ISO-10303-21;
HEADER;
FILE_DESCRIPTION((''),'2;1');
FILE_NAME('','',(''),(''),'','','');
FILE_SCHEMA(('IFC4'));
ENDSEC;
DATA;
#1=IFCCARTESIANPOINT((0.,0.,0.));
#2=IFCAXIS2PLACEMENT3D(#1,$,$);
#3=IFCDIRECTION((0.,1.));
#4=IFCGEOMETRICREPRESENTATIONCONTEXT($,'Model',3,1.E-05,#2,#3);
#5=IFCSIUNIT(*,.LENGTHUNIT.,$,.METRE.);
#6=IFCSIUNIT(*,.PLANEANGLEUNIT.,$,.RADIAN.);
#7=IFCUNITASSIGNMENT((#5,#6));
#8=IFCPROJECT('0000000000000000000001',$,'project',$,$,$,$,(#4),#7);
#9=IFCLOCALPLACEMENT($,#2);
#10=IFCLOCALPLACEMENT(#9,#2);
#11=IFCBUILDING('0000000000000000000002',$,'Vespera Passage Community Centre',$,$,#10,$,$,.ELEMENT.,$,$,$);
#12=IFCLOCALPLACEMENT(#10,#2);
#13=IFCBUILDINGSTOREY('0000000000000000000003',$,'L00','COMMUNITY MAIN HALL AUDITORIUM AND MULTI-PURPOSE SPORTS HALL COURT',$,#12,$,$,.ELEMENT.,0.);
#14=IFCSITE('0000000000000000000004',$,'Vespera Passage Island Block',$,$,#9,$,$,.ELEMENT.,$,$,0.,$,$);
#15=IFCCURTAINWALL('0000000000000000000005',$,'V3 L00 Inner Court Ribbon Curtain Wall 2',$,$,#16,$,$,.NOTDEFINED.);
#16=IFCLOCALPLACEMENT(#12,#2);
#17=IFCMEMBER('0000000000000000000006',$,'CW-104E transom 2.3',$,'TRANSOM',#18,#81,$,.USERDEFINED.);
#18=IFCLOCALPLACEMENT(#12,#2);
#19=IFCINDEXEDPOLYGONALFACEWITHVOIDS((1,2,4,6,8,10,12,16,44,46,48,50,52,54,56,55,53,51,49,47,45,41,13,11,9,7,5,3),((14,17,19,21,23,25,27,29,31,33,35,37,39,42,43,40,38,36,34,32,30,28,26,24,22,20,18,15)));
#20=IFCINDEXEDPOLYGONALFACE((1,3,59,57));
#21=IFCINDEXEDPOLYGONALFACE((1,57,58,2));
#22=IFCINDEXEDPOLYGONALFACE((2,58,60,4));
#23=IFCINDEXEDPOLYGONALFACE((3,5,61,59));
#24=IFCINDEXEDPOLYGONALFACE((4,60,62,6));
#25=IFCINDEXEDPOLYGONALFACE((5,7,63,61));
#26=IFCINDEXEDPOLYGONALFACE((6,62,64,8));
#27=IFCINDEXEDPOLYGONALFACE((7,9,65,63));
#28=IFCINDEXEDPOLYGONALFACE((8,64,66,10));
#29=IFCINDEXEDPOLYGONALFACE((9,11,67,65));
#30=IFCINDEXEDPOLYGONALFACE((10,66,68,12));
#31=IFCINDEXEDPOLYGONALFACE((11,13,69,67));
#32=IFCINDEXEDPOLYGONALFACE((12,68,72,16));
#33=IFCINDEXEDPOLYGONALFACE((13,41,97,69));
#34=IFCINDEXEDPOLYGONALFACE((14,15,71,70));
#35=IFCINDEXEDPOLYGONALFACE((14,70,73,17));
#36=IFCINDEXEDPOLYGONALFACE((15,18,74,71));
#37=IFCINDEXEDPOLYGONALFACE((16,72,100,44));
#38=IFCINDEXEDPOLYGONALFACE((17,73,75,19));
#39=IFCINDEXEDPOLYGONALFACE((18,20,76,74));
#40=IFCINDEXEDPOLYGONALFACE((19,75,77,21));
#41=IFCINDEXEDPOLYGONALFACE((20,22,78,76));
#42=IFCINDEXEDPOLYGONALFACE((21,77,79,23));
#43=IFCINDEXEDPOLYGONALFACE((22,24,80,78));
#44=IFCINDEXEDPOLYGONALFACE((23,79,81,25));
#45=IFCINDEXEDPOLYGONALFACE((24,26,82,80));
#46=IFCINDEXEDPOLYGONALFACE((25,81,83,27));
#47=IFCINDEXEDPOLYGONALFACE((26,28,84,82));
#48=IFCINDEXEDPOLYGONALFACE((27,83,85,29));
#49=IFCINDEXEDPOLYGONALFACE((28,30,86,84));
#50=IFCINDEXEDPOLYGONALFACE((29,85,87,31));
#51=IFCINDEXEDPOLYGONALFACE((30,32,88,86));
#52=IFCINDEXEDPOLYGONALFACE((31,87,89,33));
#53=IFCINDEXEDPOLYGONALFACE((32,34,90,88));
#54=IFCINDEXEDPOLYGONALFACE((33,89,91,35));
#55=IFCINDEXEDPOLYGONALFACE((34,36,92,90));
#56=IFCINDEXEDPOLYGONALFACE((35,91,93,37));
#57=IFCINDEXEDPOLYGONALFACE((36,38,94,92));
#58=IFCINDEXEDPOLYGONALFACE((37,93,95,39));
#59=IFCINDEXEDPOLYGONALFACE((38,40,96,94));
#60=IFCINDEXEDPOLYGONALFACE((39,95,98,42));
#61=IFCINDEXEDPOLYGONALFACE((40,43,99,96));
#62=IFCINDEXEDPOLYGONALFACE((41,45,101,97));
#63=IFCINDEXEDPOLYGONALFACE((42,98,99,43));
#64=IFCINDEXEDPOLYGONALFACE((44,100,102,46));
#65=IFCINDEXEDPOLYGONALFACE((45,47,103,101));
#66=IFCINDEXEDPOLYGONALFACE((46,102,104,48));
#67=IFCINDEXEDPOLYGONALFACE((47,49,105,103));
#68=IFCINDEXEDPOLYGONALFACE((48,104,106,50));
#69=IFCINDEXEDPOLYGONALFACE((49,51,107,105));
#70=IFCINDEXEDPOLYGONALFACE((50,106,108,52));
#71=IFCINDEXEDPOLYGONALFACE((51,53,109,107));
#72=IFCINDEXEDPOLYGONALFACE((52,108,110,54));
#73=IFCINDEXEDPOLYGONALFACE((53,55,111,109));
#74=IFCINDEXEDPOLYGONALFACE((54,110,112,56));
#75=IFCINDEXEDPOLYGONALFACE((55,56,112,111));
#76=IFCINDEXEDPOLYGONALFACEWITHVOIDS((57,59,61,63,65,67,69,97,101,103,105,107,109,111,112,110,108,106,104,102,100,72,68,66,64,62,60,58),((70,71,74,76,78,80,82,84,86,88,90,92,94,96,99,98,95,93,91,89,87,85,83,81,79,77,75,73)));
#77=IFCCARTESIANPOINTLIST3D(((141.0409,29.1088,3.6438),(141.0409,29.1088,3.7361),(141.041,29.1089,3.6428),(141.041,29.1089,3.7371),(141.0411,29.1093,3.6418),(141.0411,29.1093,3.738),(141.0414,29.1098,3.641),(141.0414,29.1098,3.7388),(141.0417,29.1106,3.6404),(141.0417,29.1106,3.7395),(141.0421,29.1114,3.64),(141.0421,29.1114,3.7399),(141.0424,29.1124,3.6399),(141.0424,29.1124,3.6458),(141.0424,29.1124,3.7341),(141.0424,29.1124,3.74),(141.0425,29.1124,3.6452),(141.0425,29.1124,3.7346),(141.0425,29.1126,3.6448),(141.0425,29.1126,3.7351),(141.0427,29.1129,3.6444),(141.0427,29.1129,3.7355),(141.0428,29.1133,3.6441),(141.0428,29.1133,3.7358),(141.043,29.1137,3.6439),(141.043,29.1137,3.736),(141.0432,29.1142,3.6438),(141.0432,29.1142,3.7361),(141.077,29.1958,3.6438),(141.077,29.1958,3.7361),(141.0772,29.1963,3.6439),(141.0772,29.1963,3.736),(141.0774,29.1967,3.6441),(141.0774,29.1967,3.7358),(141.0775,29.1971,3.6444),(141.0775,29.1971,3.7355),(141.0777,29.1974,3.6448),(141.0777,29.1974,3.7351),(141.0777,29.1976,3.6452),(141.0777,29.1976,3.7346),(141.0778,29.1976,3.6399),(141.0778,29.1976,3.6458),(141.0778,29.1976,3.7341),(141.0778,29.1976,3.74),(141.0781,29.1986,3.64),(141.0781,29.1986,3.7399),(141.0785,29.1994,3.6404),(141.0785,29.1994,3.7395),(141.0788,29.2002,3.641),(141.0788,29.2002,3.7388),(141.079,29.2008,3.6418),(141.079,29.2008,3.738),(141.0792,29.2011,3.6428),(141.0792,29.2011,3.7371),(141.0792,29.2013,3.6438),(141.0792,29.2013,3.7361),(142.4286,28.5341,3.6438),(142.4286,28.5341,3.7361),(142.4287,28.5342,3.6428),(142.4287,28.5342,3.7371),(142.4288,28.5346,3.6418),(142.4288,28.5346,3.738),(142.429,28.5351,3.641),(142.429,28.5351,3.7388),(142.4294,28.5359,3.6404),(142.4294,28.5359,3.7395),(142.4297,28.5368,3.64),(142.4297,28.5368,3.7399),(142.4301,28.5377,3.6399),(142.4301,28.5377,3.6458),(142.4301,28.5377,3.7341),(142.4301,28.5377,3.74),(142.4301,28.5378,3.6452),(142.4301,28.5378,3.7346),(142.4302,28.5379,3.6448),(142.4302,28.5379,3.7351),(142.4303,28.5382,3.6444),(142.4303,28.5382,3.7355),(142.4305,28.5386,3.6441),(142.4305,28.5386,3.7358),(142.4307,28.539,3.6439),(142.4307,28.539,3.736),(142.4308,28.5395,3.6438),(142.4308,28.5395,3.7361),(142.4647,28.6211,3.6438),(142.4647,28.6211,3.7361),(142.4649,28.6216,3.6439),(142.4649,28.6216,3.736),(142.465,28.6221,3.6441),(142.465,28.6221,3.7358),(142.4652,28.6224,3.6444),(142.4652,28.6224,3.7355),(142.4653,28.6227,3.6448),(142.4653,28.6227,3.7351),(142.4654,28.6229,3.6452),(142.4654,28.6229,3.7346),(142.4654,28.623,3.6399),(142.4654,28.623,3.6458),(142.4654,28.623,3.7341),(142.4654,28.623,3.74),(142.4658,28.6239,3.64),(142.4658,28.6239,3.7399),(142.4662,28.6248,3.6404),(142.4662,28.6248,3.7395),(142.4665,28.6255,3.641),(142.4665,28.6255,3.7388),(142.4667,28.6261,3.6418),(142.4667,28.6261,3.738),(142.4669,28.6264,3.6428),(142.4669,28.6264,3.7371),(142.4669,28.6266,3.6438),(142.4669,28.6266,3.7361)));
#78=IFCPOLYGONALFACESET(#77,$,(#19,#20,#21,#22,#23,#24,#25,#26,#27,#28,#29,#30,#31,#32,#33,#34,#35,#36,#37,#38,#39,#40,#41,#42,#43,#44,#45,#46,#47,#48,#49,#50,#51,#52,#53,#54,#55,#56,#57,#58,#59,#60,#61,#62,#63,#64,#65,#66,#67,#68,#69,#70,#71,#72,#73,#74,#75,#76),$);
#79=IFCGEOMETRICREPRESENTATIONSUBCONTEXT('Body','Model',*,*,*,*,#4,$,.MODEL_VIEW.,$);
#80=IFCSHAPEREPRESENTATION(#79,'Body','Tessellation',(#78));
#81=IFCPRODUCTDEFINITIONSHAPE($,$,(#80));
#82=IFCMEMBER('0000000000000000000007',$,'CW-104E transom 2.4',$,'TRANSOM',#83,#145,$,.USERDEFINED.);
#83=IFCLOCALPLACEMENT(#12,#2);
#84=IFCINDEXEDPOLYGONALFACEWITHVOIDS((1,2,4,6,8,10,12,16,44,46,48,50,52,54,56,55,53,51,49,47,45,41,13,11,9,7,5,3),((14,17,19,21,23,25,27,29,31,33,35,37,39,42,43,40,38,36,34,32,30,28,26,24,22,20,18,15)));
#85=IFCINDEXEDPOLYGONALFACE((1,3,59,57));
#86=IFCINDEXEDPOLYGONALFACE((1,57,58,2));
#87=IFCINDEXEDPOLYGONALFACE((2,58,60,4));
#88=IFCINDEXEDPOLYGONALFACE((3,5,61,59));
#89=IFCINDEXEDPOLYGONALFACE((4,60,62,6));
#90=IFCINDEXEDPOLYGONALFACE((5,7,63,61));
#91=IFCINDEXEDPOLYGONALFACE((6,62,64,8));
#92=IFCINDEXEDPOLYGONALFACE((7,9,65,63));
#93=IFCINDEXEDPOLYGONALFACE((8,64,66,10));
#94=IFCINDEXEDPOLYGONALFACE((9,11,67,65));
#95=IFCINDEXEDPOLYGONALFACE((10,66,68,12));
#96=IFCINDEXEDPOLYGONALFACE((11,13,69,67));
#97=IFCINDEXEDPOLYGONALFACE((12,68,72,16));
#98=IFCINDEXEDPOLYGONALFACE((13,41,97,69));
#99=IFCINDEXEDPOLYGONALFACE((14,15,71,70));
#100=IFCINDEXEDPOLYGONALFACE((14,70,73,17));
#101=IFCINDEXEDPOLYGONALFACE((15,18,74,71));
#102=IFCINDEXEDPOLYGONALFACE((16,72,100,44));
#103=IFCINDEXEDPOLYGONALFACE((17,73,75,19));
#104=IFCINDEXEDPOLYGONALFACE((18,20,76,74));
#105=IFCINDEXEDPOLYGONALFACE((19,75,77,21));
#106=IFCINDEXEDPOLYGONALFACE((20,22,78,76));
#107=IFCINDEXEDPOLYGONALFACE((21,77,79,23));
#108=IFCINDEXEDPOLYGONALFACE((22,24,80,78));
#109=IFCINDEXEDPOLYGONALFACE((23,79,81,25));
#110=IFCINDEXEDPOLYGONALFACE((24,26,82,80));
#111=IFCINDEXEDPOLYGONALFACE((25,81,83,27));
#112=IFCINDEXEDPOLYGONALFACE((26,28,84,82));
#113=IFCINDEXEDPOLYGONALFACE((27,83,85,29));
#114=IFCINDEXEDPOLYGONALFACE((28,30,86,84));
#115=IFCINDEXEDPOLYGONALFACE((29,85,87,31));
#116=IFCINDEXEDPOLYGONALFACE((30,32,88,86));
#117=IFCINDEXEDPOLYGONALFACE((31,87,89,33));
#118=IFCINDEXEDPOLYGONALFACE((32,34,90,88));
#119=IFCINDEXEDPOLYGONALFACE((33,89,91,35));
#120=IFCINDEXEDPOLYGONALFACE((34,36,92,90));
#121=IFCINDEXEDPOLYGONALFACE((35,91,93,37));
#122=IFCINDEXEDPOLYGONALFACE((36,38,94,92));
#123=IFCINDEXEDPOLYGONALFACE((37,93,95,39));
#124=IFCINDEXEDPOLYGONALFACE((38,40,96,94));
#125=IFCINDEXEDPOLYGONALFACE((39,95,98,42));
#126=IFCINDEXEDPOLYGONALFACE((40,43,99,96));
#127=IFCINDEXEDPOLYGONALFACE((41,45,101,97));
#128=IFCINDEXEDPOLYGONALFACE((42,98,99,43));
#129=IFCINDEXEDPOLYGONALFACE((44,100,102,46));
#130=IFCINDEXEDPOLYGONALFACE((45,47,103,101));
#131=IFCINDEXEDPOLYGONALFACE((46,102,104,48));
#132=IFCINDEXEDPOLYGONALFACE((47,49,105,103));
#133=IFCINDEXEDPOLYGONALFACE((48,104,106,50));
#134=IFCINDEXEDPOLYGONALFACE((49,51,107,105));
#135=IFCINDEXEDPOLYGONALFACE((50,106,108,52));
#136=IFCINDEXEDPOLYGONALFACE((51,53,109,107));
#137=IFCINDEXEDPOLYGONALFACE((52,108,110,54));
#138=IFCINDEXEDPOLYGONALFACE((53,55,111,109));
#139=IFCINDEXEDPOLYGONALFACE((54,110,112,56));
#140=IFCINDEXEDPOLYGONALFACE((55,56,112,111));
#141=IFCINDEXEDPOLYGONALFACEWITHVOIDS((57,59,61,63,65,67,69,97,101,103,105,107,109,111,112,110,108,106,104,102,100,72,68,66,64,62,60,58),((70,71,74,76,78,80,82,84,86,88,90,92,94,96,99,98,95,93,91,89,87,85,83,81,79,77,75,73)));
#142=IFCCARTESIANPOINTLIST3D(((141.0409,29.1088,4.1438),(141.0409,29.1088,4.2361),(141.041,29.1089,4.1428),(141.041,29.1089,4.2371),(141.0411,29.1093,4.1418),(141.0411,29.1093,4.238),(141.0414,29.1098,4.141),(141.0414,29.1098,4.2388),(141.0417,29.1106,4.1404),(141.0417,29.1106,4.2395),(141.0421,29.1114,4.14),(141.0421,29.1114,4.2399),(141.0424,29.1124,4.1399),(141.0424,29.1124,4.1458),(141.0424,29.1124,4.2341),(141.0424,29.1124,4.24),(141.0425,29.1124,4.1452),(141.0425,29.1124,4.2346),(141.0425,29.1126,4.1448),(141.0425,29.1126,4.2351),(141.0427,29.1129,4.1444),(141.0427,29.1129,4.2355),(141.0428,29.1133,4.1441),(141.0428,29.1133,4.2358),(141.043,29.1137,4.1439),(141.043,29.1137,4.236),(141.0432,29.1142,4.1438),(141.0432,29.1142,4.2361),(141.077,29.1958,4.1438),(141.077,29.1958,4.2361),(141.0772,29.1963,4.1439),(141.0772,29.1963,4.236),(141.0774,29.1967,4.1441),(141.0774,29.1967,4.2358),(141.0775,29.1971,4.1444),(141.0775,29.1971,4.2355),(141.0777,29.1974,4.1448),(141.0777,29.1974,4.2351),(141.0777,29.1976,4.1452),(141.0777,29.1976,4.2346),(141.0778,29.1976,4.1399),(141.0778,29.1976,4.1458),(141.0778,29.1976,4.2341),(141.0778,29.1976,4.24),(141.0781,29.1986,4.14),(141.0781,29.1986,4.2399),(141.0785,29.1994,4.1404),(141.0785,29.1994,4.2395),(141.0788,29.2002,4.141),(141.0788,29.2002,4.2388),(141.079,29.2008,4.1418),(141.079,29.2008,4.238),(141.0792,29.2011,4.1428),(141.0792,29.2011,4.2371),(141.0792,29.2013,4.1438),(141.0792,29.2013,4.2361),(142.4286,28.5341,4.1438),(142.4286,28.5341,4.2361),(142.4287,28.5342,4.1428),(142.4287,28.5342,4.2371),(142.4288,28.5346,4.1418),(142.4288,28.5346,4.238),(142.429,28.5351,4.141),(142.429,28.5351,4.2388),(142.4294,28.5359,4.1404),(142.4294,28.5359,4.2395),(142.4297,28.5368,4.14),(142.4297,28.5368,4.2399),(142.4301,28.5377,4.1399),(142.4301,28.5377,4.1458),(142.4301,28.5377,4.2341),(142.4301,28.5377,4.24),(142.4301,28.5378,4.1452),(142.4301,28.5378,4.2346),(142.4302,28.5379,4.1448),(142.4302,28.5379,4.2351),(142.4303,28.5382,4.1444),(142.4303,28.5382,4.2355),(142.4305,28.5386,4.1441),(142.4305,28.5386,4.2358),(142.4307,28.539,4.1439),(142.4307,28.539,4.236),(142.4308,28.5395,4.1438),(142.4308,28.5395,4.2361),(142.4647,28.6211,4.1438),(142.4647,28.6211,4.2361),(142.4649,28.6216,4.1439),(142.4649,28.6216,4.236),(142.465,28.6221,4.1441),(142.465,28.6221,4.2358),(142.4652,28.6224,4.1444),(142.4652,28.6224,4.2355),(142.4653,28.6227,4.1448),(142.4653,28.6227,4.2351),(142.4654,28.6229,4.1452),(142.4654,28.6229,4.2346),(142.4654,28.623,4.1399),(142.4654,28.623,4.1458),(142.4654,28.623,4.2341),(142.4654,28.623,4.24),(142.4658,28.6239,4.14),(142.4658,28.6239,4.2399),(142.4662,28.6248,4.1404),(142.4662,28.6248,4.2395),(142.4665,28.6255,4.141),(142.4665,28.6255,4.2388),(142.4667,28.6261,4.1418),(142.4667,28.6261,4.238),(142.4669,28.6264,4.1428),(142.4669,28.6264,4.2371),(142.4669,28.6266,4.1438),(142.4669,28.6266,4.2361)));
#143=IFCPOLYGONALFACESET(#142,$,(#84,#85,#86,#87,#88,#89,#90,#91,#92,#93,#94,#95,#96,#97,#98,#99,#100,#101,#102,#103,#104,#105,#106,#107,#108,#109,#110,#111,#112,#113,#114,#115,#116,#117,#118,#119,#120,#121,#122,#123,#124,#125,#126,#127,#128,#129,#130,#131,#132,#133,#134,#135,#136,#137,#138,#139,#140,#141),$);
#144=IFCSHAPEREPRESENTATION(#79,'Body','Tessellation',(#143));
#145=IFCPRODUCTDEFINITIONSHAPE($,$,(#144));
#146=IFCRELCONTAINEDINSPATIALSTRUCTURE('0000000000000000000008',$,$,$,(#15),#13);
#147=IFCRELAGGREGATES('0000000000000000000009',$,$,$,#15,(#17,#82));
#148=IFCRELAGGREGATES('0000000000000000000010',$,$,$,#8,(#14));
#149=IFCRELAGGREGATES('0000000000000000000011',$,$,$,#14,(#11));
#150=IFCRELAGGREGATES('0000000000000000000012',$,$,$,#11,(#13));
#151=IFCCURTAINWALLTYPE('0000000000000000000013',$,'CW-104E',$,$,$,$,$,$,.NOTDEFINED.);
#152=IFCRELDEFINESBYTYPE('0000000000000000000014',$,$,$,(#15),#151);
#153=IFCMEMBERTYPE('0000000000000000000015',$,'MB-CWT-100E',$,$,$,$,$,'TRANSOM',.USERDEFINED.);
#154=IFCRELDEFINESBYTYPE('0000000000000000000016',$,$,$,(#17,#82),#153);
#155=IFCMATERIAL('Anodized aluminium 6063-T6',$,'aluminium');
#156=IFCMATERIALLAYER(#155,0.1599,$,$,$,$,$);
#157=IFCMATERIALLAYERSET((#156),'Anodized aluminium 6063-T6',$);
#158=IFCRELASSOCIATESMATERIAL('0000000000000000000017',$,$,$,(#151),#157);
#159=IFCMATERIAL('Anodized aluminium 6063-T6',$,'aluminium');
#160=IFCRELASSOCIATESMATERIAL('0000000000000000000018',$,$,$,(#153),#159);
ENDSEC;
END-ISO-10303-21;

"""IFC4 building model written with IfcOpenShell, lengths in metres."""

from ifc_helpers import new_model, si_unit, direction, frame, origin, origin_2d, place, context, subcontext, project, spatial, hollow_rectangle, extrude, material, layer, layer_set, material_profile, profile_set, type_object, element, aggregate, save


model = new_model("IFC4")

# Units and contexts
model_context = context("Model", 3, precision=1e-05, world=origin(), true_north=direction((0.0, 1.0)))
body_context = subcontext(model_context, "Body", "Model", "MODEL_VIEW")
ifc_project = project(units=[si_unit("LENGTHUNIT", "METRE"), si_unit("PLANEANGLEUNIT", "RADIAN")], contexts=[model_context])

# Site, building, storey
site_placement = place(None, origin())
site = spatial("IfcSite", under=ifc_project, at=site_placement, Name="Vespera Passage Island Block", CompositionType="ELEMENT", RefElevation=0.0)
building_placement = place(site_placement, origin())
building = spatial("IfcBuilding", under=site, at=building_placement, Name="Vespera Passage Community Centre", CompositionType="ELEMENT")
storey_placement = place(building_placement, origin())
storey = spatial("IfcBuildingStorey", under=building, at=storey_placement, Name="L00", Description="COMMUNITY MAIN HALL AUDITORIUM AND MULTI-PURPOSE SPORTS HALL COURT", CompositionType="ELEMENT", Elevation=0.0)

# Curtain wall
ifc_material_1 = material(Name="Anodized aluminium 6063-T6", Category="aluminium")
ifc_layer_1 = layer(ifc_material_1, 0.1599)
ifc_layer_set_1 = layer_set([ifc_layer_1], Name="Anodized aluminium 6063-T6")
curtain_wall_type_1 = type_object("IfcCurtainWallType", Name="CW-104E", PredefinedType="NOTDEFINED", material=ifc_layer_set_1)
curtain_wall_1_placement = place(storey_placement, origin())
curtain_wall_1 = element("IfcCurtainWall", 1, at=curtain_wall_1_placement, inside=storey, type_object=curtain_wall_type_1, Name="V3 L00 Inner Court Ribbon Curtain Wall 2", PredefinedType="NOTDEFINED")

# Members
ifc_material_2 = material(Name="Anodized aluminium 6063-T6", Category="aluminium")
ifc_material_profile_1 = material_profile(ifc_material_2, hollow_rectangle(XDim=0.1001, YDim=0.1001, WallThickness=0.0039, InnerFilletRadius=0.002, OuterFilletRadius=0.0039, at=origin_2d()), Name="ALU100X100X4")
ifc_profile_set_1 = profile_set([ifc_material_profile_1], Name="Anodized aluminium 6063-T6")
member_type_1 = type_object("IfcMemberType", Name="MB-CWT-100E", ElementType="TRANSOM", PredefinedType="USERDEFINED", material=ifc_profile_set_1)
member_1_placement = place(storey_placement, frame((142.4478, 28.5803, 3.6899), z_axis=(-0.923902, 0.382629, 0.0), x_axis=(-0.382629, -0.923902, 0.0)))
member_1 = element("IfcMember", 2, at=member_1_placement, type_object=member_type_1, Name="CW-104E transom 2.3", ObjectType="TRANSOM", PredefinedType="USERDEFINED", context=body_context, shape_type="SweptSolid", body=[
    extrude(hollow_rectangle(XDim=0.1001, YDim=0.1001, WallThickness=0.0039, InnerFilletRadius=0.002, OuterFilletRadius=0.0039, at=origin_2d()), origin(), (0.0, 0.0, 1.0), 1.502),
])
member_2_placement = place(storey_placement, frame((142.4478, 28.5803, 4.1899), z_axis=(-0.923902, 0.382629, 0.0), x_axis=(-0.382629, -0.923902, 0.0)))
member_2 = element("IfcMember", 3, at=member_2_placement, type_object=member_type_1, Name="CW-104E transom 2.4", ObjectType="TRANSOM", PredefinedType="USERDEFINED", context=body_context, shape_type="SweptSolid", body=[
    extrude(hollow_rectangle(XDim=0.1001, YDim=0.1001, WallThickness=0.0039, InnerFilletRadius=0.002, OuterFilletRadius=0.0039, at=origin_2d()), origin(), (0.0, 0.0, 1.0), 1.502),
])

aggregate(curtain_wall_1, [member_1, member_2])

save(model, "model.ifc")
